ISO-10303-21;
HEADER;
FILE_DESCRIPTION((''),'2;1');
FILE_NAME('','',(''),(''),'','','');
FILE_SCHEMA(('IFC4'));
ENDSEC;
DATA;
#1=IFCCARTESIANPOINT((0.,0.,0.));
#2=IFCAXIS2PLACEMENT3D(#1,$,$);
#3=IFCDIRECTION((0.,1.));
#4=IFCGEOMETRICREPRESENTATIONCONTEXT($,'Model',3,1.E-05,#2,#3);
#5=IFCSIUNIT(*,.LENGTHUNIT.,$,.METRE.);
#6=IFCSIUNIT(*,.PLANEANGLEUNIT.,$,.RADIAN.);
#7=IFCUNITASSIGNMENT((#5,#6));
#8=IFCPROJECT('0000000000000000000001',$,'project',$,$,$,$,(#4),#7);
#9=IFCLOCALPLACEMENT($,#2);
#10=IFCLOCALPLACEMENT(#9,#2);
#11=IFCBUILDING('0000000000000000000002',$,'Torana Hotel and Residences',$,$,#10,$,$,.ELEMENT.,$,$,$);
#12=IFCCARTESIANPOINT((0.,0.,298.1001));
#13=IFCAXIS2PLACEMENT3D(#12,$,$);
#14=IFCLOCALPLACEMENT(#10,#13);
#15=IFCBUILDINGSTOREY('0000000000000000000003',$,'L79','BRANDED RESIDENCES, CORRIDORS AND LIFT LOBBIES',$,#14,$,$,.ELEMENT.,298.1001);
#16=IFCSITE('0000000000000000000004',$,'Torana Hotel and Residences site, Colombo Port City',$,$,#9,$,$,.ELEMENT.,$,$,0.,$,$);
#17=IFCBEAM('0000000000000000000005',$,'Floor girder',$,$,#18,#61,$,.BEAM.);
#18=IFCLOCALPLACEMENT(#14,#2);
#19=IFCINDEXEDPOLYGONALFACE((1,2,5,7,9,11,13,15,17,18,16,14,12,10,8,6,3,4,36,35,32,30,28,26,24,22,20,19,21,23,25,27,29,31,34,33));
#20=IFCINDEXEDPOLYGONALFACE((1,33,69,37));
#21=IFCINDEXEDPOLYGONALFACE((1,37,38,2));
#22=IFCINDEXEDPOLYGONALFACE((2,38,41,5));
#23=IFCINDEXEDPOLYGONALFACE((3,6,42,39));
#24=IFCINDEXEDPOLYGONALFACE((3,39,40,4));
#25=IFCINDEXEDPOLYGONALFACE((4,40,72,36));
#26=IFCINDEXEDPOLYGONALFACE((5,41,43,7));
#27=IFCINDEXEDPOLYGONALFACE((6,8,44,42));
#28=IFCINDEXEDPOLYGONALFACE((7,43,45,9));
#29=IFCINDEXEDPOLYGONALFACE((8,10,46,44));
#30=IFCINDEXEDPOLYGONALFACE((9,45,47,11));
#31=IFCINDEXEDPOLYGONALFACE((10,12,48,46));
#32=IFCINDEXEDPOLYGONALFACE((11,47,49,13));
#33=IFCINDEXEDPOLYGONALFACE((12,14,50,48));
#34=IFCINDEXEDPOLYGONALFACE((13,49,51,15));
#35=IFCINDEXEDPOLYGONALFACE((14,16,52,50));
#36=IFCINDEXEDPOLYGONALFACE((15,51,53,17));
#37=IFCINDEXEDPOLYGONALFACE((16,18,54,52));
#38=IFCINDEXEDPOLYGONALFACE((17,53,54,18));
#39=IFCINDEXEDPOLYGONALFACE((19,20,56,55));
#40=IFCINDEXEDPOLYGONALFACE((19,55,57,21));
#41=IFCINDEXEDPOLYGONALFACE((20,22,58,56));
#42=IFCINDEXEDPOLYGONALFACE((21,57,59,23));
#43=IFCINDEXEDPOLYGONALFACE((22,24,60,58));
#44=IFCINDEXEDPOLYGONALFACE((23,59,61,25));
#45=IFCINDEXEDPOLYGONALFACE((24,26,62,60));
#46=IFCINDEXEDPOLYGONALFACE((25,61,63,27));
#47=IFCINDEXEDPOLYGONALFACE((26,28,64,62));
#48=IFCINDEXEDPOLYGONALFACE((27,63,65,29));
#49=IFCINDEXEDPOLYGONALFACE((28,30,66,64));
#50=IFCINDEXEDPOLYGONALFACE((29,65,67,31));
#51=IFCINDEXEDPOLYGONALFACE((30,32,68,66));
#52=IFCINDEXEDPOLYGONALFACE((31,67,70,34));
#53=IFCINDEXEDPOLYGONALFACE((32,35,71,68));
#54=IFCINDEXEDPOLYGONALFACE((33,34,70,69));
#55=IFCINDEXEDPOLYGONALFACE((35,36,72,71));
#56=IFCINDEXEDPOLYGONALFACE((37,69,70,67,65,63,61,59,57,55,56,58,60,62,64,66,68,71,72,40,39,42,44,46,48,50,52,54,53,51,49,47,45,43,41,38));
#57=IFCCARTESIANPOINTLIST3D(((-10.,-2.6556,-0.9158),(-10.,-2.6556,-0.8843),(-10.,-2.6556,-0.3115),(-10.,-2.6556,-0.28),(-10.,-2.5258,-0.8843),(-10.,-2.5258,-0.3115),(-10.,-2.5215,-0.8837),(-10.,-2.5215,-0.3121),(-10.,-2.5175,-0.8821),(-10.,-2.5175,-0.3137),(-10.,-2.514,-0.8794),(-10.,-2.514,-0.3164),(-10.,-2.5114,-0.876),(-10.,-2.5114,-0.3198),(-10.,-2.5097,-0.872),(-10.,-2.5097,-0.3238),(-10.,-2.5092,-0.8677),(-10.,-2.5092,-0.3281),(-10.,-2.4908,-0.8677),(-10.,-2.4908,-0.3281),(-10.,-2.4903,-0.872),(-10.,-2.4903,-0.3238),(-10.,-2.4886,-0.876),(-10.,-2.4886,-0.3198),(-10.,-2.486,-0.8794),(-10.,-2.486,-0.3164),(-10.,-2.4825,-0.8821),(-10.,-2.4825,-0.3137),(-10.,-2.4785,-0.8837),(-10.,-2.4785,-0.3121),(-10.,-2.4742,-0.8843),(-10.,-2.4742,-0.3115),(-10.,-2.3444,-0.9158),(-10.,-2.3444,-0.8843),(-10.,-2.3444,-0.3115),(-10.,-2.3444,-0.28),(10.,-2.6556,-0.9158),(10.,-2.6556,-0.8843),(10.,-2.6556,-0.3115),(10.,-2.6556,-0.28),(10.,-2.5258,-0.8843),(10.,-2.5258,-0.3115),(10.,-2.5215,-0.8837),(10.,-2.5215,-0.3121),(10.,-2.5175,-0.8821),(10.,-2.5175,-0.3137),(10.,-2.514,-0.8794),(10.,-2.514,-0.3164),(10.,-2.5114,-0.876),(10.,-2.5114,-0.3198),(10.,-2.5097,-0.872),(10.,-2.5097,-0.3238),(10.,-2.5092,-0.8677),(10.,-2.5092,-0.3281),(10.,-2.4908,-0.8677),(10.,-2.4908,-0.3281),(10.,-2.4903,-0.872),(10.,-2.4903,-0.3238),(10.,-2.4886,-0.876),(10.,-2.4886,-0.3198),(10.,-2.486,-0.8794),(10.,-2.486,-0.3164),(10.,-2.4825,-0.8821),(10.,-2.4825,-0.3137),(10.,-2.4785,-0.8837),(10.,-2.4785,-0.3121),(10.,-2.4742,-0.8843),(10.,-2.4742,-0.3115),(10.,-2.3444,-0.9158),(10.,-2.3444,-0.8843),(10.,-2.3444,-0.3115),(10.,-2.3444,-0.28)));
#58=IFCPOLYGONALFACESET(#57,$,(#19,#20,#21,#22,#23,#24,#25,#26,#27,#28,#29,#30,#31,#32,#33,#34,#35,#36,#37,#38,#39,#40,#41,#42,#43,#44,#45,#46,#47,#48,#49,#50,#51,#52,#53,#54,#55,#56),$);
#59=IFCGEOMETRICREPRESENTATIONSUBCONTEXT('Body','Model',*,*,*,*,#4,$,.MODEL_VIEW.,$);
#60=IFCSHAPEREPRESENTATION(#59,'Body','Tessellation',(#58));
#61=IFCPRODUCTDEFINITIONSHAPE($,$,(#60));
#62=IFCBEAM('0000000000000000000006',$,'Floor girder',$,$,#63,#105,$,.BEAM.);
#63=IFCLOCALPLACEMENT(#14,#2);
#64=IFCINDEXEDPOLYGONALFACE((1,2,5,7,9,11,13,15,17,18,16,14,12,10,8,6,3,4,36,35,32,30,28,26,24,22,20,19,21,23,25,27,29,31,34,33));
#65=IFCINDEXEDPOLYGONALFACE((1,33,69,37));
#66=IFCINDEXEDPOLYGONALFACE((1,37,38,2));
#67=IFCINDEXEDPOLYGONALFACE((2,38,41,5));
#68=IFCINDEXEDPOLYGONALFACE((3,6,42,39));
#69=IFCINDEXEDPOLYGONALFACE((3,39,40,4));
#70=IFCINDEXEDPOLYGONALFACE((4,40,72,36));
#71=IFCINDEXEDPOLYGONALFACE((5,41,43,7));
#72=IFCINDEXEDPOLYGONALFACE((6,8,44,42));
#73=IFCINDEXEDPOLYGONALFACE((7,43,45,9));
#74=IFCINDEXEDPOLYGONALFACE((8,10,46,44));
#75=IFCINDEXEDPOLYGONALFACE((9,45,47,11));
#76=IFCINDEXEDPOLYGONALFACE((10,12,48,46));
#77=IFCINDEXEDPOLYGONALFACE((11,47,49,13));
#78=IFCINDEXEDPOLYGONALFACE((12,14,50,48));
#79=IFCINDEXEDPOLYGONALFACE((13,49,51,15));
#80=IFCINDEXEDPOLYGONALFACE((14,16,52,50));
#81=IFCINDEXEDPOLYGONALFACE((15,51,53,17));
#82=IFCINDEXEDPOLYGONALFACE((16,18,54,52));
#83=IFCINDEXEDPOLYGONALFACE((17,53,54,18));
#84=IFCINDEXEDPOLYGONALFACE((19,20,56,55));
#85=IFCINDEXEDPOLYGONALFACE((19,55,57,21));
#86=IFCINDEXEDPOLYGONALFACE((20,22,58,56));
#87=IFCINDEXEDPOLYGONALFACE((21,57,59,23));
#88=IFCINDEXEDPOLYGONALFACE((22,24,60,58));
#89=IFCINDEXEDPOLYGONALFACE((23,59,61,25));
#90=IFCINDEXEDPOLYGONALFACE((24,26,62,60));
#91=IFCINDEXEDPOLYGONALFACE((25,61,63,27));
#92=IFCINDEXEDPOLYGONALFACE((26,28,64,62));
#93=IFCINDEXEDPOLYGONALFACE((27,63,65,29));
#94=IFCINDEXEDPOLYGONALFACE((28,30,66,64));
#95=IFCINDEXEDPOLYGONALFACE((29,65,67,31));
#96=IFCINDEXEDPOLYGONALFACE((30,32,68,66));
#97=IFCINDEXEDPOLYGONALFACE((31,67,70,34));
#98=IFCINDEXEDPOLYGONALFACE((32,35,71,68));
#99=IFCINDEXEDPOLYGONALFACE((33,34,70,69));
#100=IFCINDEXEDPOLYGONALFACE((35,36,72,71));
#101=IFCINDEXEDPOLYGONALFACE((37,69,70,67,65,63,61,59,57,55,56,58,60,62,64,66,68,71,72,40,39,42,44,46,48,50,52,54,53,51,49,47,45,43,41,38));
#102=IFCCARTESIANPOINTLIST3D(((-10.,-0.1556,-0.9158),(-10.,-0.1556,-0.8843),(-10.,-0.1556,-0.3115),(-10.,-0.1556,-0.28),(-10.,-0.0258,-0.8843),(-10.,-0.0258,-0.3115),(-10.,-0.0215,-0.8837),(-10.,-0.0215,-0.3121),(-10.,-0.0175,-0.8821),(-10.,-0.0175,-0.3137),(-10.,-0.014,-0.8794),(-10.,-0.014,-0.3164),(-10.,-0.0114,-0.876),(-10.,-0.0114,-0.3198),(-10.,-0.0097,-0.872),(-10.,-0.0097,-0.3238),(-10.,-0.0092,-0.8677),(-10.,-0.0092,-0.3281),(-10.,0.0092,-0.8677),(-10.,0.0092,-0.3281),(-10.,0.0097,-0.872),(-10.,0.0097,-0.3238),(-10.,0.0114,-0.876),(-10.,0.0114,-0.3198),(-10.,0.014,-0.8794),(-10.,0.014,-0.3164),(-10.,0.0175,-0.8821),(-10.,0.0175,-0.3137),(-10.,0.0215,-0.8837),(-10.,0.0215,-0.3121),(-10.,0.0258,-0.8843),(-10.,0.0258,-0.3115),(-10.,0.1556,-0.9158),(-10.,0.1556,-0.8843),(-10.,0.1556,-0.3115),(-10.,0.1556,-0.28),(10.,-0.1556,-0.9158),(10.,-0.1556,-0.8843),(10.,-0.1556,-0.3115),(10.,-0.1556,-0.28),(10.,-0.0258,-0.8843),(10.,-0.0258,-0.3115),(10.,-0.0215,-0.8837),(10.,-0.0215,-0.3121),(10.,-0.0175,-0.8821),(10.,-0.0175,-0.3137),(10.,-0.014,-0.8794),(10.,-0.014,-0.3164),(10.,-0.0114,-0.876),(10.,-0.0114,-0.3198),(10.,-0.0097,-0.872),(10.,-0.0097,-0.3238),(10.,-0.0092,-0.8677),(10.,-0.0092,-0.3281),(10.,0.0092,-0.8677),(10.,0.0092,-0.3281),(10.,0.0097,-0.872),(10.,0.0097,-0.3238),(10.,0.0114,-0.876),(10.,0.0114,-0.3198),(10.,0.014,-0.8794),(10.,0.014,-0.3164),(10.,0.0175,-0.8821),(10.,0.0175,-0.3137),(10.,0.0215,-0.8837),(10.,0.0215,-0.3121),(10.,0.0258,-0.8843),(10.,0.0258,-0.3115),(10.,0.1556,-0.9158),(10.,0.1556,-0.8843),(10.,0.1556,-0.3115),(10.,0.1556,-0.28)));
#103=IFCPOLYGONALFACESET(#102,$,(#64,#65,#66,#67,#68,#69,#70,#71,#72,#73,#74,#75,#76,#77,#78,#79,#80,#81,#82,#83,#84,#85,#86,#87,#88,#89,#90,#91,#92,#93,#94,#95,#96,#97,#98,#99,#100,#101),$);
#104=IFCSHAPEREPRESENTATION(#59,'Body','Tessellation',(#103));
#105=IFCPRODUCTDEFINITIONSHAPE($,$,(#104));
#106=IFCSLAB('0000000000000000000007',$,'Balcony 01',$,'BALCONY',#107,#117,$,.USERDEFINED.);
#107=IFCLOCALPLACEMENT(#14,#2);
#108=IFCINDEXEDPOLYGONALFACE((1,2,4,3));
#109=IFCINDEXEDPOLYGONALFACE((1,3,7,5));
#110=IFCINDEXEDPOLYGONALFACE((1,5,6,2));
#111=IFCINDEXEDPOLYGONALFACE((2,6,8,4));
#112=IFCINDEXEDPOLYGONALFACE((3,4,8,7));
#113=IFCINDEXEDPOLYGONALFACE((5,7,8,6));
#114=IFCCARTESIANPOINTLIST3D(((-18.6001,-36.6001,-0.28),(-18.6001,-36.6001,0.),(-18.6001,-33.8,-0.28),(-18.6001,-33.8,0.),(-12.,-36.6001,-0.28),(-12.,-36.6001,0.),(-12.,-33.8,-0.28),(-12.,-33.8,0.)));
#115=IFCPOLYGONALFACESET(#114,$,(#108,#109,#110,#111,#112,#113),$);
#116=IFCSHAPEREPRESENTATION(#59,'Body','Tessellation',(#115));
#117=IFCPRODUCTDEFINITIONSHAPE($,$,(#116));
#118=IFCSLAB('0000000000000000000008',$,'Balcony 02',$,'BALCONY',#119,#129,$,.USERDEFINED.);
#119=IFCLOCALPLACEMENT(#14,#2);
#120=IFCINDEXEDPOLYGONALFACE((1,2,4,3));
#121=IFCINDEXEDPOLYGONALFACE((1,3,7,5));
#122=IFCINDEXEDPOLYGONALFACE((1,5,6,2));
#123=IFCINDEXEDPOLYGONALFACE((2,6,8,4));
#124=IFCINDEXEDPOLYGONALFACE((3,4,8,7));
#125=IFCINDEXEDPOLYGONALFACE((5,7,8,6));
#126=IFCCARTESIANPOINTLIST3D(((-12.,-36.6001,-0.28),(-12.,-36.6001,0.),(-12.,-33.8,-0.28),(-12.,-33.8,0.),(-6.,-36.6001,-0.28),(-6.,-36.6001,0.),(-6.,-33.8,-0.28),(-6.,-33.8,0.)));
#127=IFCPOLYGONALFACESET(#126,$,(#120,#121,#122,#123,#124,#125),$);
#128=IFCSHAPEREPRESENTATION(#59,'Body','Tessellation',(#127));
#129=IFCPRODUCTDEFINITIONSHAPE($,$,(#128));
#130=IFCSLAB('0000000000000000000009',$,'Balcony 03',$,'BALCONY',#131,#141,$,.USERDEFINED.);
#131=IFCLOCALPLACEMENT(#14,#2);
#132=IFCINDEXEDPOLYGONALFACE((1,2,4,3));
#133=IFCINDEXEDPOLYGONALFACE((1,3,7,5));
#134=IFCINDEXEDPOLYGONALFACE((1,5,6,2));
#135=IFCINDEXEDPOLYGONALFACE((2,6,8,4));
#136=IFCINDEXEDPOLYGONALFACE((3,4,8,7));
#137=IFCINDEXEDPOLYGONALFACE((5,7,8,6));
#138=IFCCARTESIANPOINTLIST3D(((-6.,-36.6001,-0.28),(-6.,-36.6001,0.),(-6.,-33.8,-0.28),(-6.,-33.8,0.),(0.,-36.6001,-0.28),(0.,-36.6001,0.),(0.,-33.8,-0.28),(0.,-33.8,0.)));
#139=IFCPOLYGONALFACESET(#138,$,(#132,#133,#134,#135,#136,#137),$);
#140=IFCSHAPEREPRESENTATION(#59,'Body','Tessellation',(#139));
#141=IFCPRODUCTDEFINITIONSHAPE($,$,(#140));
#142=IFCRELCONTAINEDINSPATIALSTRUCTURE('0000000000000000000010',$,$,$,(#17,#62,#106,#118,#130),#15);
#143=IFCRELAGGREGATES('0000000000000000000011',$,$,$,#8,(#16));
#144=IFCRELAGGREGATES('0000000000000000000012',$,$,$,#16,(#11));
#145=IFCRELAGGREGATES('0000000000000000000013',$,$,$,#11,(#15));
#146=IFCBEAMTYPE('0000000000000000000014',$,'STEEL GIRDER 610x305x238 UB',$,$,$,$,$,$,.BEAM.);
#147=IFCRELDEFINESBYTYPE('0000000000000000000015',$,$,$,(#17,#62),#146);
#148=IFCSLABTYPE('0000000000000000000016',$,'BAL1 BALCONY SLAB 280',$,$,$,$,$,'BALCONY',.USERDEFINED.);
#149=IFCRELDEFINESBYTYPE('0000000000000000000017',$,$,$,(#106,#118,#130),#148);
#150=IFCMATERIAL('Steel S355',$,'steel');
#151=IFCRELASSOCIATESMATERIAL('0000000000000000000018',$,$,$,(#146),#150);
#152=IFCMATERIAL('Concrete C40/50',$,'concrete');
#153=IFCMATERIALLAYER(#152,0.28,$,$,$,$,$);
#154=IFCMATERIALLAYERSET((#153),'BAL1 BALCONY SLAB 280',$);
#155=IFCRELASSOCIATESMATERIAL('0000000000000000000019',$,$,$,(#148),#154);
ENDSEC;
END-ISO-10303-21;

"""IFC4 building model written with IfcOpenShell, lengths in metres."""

from ifc_helpers import new_model, si_unit, direction, frame, origin, origin_2d, place, context, subcontext, project, spatial, polyline, i_section, outline, extrude, material, layer, layer_set, material_profile, profile_set, type_object, element, save


model = new_model("IFC4")

# Units and contexts
model_context = context("Model", 3, precision=1e-05, world=origin(), true_north=direction((0.0, 1.0)))
body_context = subcontext(model_context, "Body", "Model", "MODEL_VIEW")
ifc_project = project(units=[si_unit("LENGTHUNIT", "METRE"), si_unit("PLANEANGLEUNIT", "RADIAN")], contexts=[model_context])

# Site, building, storey
site_placement = place(None, origin())
site = spatial("IfcSite", under=ifc_project, at=site_placement, Name="Torana Hotel and Residences site, Colombo Port City", CompositionType="ELEMENT", RefElevation=0.0)
building_placement = place(site_placement, origin())
building = spatial("IfcBuilding", under=site, at=building_placement, Name="Torana Hotel and Residences", CompositionType="ELEMENT")
storey_placement = place(building_placement, frame((0.0, 0.0, 298.1001)))
storey = spatial("IfcBuildingStorey", under=building, at=storey_placement, Name="L79", Description="BRANDED RESIDENCES, CORRIDORS AND LIFT LOBBIES", CompositionType="ELEMENT", Elevation=298.1001)

# Beams
ifc_material_1 = material(Name="Steel S355", Category="steel")
ifc_material_profile = material_profile(ifc_material_1, i_section(OverallWidth=0.3113, OverallDepth=0.6357, WebThickness=0.0183, FlangeThickness=0.0315, FilletRadius=0.0166, at=origin_2d()), Name="610x305x238 UB")
ifc_profile_set = profile_set([ifc_material_profile], Name="Steel S355")
beam_type = type_object("IfcBeamType", Name="STEEL GIRDER 610x305x238 UB", PredefinedType="BEAM", material=ifc_profile_set)
for number, where, z_axis, x_axis, name in (
    (1, (-10.0, -2.5, -0.5979), (1.0, 0.0, 0.0), (0.0, 1.0, 0.0), "Floor girder"),
    (2, (-10.0, 0.0, -0.5979), (1.0, 0.0, 0.0), (0.0, 1.0, 0.0), "Floor girder"),
):
    element("IfcBeam", number, at=place(storey_placement, frame(where, z_axis=z_axis, x_axis=x_axis)), inside=storey, type_object=beam_type, Name=name, PredefinedType="BEAM", context=body_context, shape_type="SweptSolid", body=[
        extrude(i_section(OverallWidth=0.3113, OverallDepth=0.6357, WebThickness=0.0183, FlangeThickness=0.0315, FilletRadius=0.0166, at=origin_2d()), origin(), (0.0, 0.0, 1.0), 20.0),
    ])

# Slabs
ifc_material_2 = material(Name="Concrete C40/50", Category="concrete")
ifc_layer_1 = layer(ifc_material_2, 0.28)
ifc_layer_set_1 = layer_set([ifc_layer_1], Name="BAL1 BALCONY SLAB 280")
slab_type_1 = type_object("IfcSlabType", Name="BAL1 BALCONY SLAB 280", ElementType="BALCONY", PredefinedType="USERDEFINED", material=ifc_layer_set_1)
slab_1_placement = place(storey_placement, frame((0.0, 0.0, -0.28)))
element("IfcSlab", 3, at=slab_1_placement, inside=storey, type_object=slab_type_1, Name="Balcony 01", ObjectType="BALCONY", PredefinedType="USERDEFINED", context=body_context, shape_type="SweptSolid", body=[
    extrude(outline(polyline([(-18.6001, -36.6001), (-12.0, -36.6001), (-12.0, -33.8), (-18.6001, -33.8), (-18.6001, -36.6001)])), origin(), (0.0, 0.0, 1.0), 0.28),
])
slab_2_placement = place(storey_placement, frame((0.0, 0.0, -0.28)))
element("IfcSlab", 4, at=slab_2_placement, inside=storey, type_object=slab_type_1, Name="Balcony 02", ObjectType="BALCONY", PredefinedType="USERDEFINED", context=body_context, shape_type="SweptSolid", body=[
    extrude(outline(polyline([(-12.0, -36.6001), (-6.0, -36.6001), (-6.0, -33.8), (-12.0, -33.8), (-12.0, -36.6001)])), origin(), (0.0, 0.0, 1.0), 0.28),
])
slab_3_placement = place(storey_placement, frame((0.0, 0.0, -0.28)))
element("IfcSlab", 5, at=slab_3_placement, inside=storey, type_object=slab_type_1, Name="Balcony 03", ObjectType="BALCONY", PredefinedType="USERDEFINED", context=body_context, shape_type="SweptSolid", body=[
    extrude(outline(polyline([(-6.0, -36.6001), (0.0, -36.6001), (0.0, -33.8), (-6.0, -33.8), (-6.0, -36.6001)])), origin(), (0.0, 0.0, 1.0), 0.28),
])

save(model, "model.ifc")
